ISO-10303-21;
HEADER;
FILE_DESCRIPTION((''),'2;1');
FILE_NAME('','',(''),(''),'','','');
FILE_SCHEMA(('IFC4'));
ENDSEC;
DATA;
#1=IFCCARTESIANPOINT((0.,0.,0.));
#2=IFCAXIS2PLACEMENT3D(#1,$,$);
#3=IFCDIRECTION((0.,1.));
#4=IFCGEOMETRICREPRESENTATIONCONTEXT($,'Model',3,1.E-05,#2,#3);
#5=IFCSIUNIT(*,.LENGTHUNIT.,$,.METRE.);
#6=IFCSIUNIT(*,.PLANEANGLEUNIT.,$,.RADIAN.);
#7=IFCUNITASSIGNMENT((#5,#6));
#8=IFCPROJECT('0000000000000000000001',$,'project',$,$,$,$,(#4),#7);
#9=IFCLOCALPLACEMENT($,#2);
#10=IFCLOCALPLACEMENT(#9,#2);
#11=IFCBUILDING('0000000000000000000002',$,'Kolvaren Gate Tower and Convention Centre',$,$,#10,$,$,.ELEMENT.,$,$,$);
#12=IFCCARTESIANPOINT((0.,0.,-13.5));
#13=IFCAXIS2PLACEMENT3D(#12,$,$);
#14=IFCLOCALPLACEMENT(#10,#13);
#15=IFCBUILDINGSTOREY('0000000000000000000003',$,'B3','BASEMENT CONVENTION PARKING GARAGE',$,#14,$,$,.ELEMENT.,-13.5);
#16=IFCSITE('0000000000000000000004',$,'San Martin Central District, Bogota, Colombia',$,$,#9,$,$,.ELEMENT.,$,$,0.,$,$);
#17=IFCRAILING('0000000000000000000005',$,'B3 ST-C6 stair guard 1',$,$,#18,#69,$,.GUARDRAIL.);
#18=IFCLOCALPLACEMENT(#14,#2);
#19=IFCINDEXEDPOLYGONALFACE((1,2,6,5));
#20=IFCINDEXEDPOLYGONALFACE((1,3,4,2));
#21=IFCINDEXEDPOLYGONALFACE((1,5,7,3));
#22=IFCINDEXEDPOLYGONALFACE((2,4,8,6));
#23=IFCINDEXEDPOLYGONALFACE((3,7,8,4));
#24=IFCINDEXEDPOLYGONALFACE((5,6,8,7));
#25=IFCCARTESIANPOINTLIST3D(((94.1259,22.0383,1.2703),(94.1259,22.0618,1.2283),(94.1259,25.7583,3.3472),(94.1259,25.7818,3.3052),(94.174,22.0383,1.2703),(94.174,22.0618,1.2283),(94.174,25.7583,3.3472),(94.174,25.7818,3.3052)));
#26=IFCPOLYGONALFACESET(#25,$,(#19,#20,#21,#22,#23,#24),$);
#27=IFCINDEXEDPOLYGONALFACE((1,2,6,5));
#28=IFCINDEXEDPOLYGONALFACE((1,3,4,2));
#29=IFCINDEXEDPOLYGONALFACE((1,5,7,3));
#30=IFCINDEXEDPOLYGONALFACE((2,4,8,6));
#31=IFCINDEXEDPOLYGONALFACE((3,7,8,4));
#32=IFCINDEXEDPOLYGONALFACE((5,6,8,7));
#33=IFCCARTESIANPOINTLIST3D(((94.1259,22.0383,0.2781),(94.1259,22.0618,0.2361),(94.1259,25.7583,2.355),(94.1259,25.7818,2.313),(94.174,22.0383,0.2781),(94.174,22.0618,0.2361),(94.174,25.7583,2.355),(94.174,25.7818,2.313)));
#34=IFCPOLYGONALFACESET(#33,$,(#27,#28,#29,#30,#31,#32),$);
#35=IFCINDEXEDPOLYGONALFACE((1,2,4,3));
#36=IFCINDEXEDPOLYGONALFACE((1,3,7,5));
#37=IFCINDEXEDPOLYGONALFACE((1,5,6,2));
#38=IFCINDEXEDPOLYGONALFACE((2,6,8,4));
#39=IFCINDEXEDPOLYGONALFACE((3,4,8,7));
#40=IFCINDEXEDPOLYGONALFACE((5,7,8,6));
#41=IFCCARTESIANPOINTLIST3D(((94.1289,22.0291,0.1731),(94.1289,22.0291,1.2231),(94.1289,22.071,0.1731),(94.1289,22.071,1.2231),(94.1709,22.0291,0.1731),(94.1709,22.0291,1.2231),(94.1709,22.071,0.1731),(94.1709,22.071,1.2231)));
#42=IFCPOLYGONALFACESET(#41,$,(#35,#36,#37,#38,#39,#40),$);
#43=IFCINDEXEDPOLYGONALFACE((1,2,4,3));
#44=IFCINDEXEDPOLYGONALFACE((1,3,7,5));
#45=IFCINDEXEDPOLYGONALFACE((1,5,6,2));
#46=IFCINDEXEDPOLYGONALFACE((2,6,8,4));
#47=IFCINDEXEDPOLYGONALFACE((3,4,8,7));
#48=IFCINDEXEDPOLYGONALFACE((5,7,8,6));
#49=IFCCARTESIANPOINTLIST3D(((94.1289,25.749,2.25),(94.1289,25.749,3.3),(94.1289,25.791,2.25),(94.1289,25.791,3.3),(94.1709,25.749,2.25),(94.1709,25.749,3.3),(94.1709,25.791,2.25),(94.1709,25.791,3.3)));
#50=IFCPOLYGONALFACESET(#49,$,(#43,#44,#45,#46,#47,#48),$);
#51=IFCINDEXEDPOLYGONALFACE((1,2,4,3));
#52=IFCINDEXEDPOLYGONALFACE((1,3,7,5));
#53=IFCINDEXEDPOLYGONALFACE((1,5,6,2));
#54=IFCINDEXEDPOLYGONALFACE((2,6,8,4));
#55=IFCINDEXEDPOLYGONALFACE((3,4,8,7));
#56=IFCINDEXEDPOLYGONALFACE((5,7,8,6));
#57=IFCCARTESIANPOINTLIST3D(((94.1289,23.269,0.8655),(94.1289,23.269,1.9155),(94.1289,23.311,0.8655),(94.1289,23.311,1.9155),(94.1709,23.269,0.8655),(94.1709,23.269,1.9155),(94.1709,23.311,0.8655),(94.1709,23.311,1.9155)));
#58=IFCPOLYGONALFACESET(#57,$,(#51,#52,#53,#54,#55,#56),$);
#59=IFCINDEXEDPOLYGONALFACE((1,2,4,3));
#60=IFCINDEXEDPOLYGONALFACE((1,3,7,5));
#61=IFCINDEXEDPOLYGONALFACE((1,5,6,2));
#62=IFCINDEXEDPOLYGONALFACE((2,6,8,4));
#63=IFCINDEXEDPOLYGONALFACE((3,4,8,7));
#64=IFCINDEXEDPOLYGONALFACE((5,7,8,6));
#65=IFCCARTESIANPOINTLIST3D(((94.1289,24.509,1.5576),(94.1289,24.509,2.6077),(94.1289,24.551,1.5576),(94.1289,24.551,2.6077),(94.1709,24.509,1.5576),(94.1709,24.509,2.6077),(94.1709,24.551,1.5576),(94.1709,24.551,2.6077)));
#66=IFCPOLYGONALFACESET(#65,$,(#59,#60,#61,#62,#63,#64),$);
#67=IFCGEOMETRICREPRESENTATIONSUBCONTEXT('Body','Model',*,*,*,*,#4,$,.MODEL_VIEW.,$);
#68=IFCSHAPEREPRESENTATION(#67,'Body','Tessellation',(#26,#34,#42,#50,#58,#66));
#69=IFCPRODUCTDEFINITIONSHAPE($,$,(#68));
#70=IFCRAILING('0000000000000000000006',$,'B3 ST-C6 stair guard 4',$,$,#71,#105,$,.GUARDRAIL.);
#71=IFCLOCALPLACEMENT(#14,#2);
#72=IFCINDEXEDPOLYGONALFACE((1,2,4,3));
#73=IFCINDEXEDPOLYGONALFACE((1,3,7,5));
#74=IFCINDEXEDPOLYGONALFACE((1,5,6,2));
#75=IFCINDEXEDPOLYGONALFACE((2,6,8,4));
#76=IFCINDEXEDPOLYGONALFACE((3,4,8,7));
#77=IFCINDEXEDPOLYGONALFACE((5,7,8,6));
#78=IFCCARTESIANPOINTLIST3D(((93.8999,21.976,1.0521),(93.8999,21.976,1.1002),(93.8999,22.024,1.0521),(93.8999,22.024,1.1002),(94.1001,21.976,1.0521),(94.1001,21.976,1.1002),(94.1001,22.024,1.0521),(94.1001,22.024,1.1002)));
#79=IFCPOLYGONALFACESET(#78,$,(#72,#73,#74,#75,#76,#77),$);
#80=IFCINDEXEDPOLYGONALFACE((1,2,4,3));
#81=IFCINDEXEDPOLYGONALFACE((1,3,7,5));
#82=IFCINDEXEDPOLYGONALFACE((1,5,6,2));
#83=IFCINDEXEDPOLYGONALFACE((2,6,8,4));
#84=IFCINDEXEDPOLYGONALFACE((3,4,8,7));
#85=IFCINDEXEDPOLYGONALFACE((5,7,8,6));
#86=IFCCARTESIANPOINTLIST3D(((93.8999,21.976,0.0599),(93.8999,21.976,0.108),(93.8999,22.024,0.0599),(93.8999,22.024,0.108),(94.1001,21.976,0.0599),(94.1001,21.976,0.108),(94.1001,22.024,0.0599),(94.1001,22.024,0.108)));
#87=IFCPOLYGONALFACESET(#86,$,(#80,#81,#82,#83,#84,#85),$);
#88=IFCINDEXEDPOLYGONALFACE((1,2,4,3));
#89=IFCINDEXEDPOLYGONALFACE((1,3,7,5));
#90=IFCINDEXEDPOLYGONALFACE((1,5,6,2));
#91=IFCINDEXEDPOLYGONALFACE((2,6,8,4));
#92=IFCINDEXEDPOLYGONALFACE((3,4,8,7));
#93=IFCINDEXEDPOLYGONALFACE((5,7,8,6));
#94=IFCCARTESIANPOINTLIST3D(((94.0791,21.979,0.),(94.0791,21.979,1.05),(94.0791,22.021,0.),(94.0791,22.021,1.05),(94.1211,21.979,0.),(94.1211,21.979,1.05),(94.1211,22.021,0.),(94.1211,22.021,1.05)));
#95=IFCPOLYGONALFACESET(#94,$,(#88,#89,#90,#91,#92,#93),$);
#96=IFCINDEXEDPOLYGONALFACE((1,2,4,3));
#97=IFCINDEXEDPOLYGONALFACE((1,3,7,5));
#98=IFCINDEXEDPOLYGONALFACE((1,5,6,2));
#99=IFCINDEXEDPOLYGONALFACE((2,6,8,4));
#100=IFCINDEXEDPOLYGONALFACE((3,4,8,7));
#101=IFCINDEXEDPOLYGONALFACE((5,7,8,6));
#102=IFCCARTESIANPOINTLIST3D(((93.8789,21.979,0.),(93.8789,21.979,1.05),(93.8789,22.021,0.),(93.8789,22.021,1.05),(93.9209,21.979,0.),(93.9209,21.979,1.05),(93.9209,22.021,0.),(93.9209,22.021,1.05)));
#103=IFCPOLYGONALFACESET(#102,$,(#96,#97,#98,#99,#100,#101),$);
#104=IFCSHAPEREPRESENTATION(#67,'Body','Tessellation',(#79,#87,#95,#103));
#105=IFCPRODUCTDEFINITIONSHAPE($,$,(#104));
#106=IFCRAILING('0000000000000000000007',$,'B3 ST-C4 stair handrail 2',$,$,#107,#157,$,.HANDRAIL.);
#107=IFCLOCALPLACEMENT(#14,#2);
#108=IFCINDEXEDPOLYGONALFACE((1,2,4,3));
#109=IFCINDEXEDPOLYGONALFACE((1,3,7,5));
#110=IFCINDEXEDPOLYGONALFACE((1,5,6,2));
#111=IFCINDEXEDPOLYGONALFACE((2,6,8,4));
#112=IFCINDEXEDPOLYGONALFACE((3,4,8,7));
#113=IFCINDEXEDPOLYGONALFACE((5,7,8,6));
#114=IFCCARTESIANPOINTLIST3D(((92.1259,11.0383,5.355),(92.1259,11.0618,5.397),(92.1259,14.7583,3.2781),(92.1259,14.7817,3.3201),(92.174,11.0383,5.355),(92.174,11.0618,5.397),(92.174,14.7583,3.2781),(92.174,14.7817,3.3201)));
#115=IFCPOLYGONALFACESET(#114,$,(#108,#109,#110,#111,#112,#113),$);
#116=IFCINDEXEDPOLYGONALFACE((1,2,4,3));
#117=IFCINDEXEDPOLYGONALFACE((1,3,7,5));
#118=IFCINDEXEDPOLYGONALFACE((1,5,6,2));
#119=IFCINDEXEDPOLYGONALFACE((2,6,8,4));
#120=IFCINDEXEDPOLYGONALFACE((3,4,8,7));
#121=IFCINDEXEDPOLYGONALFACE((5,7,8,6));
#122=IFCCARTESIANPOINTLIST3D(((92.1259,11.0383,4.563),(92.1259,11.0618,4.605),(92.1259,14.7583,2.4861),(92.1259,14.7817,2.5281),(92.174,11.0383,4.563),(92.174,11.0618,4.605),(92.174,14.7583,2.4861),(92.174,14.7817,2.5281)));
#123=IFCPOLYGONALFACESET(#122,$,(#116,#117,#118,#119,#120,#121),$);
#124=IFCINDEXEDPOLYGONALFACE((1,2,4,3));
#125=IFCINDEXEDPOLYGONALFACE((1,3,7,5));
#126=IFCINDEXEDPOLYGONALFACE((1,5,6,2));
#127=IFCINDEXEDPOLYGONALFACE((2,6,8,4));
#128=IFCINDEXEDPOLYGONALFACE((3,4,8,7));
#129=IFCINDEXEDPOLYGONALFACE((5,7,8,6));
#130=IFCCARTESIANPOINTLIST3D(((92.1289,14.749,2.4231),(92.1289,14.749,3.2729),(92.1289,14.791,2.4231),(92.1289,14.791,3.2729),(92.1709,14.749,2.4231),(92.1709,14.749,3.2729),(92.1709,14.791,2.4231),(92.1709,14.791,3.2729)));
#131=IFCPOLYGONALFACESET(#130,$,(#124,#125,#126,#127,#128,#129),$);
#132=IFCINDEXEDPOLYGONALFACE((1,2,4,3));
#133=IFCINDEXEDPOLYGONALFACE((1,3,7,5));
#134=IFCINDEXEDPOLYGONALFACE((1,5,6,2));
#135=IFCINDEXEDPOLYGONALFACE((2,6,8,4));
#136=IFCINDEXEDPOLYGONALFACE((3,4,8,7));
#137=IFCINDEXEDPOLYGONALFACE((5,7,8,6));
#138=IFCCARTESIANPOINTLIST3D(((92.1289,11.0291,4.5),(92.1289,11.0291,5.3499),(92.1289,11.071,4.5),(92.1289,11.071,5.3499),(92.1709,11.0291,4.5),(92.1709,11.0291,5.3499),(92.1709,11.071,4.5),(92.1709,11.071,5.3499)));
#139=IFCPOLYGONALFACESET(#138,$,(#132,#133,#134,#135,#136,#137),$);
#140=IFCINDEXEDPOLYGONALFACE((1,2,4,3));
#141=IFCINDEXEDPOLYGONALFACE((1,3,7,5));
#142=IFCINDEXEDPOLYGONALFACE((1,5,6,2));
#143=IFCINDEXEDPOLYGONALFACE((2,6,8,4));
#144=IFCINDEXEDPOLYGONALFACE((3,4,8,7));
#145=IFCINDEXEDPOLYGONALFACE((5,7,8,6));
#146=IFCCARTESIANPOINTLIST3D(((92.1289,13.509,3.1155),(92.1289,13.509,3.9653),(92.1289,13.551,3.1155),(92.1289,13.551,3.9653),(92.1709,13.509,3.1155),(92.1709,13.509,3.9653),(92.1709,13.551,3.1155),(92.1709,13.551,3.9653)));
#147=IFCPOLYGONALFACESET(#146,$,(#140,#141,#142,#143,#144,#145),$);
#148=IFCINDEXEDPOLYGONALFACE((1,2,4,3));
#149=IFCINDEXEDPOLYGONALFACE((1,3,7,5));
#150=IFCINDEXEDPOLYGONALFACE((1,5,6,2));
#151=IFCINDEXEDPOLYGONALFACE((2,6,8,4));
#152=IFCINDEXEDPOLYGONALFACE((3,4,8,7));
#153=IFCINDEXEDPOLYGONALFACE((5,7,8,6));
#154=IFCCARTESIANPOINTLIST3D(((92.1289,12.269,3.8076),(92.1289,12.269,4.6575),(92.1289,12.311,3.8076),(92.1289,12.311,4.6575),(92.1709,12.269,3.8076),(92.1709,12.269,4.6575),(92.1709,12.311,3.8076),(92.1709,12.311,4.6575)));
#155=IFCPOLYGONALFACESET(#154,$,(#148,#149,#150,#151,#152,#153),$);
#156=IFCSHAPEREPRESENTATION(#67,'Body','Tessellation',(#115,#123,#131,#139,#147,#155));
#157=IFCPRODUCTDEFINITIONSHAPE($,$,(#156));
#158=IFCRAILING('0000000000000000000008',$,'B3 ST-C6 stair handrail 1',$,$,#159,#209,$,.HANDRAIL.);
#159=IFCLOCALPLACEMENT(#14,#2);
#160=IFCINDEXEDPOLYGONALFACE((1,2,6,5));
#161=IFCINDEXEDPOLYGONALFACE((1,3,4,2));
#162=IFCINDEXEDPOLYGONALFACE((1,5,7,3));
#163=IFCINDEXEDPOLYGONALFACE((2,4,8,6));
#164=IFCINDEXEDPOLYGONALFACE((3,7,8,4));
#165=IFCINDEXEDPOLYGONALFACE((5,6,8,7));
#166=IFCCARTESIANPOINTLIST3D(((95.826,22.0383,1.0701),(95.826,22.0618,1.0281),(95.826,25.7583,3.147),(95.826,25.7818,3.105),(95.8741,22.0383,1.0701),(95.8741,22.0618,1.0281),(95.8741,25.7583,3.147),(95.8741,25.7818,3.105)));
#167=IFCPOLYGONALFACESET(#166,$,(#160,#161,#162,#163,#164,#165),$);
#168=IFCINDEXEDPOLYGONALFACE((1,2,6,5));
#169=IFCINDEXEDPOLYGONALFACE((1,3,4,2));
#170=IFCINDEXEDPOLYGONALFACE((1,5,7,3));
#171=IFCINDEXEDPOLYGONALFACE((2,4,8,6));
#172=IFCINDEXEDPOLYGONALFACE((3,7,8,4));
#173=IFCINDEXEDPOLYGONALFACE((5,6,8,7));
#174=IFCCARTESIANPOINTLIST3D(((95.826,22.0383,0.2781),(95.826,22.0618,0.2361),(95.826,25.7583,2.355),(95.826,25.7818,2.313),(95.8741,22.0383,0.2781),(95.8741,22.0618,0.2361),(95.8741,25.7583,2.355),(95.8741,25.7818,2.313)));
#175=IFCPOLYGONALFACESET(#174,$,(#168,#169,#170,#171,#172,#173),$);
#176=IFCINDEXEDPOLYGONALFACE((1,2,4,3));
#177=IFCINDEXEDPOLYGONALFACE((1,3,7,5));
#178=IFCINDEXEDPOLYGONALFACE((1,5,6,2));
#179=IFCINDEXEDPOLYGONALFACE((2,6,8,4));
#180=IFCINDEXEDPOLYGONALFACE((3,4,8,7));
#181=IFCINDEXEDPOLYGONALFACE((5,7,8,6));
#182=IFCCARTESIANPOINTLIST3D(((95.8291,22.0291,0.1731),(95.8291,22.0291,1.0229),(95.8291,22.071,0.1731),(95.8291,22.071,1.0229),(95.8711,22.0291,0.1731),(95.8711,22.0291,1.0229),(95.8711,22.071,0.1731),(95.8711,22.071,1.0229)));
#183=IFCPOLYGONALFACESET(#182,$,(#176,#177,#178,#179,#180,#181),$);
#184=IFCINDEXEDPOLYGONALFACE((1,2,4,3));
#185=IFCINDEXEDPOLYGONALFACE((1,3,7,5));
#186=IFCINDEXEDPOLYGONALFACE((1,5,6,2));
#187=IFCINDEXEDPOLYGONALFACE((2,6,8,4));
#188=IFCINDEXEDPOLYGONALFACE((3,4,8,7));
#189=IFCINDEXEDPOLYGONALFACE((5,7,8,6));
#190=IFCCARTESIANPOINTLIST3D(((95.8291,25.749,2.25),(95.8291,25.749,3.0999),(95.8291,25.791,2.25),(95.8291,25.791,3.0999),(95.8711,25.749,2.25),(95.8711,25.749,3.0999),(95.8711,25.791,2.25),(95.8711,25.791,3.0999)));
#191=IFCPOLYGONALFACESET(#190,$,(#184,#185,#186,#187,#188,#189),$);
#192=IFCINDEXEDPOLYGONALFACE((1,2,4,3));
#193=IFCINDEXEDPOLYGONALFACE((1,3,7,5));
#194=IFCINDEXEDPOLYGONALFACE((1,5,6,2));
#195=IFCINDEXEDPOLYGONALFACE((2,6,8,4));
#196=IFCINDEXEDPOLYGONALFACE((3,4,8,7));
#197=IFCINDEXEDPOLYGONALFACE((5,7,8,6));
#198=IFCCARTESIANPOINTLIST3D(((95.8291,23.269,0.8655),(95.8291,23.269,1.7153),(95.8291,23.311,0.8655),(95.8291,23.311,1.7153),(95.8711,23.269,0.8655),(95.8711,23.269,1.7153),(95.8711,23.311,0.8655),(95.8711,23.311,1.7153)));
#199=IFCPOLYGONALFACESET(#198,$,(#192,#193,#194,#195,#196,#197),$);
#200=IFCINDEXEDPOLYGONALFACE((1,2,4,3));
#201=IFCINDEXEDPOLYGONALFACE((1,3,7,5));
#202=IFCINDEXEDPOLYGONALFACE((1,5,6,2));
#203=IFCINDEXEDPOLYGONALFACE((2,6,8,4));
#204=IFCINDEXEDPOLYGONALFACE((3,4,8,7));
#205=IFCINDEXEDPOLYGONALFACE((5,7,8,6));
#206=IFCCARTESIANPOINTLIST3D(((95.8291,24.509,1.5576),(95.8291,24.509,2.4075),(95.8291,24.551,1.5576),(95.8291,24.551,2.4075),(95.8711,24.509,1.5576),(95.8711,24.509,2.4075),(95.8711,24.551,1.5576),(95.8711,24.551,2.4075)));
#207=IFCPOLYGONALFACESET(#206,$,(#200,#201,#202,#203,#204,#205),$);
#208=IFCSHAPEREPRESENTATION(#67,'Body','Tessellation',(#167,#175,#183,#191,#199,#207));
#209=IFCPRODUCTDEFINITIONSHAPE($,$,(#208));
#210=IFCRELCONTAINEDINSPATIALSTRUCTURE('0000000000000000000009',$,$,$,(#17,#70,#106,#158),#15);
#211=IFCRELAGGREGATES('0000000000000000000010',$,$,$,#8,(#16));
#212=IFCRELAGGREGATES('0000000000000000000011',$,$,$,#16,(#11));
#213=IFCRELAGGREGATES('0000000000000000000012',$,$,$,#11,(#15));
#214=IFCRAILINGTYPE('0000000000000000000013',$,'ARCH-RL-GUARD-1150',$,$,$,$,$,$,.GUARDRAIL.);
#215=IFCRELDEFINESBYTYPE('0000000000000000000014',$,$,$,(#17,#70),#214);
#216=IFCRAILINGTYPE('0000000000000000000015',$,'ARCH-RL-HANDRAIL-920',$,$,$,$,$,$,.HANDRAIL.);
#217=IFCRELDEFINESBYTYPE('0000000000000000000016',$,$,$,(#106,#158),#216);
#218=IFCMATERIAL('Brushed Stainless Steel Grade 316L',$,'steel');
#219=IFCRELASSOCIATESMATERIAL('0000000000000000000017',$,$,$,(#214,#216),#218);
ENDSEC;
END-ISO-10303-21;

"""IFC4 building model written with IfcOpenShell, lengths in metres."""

from ifc_helpers import new_model, si_unit, direction, frame, origin, origin_2d, place, context, subcontext, project, spatial, rectangle, extrude, material, type_object, element, save


model = new_model("IFC4")

# Units and contexts
model_context = context("Model", 3, precision=1e-05, world=origin(), true_north=direction((0.0, 1.0)))
body_context = subcontext(model_context, "Body", "Model", "MODEL_VIEW")
ifc_project = project(units=[si_unit("LENGTHUNIT", "METRE"), si_unit("PLANEANGLEUNIT", "RADIAN")], contexts=[model_context])

# Site, building, storey
site_placement = place(None, origin())
site = spatial("IfcSite", under=ifc_project, at=site_placement, Name="San Martin Central District, Bogota, Colombia", CompositionType="ELEMENT", RefElevation=0.0)
building_placement = place(site_placement, origin())
building = spatial("IfcBuilding", under=site, at=building_placement, Name="Kolvaren Gate Tower and Convention Centre", CompositionType="ELEMENT")
storey_placement = place(building_placement, frame((0.0, 0.0, -13.5)))
storey = spatial("IfcBuildingStorey", under=building, at=storey_placement, Name="B3", Description="BASEMENT CONVENTION PARKING GARAGE", CompositionType="ELEMENT", Elevation=-13.5)

# Railings
ifc_material_1 = material(Name="Brushed Stainless Steel Grade 316L", Category="steel")
railing_type_1 = type_object("IfcRailingType", Name="ARCH-RL-GUARD-1150", PredefinedType="GUARDRAIL", material=ifc_material_1)
railing_1_placement = place(storey_placement, frame((94.1499, 22.05, 0.1731)))
element("IfcRailing", 1, at=railing_1_placement, inside=storey, type_object=railing_type_1, Name="B3 ST-C6 stair guard 1", PredefinedType="GUARDRAIL", context=body_context, shape_type="SweptSolid", body=[
    extrude(rectangle(XDim=0.0481, YDim=0.0481, at=origin_2d()), frame((0.0, 0.0, 1.0762), z_axis=(0.0, 0.873134, 0.487481), x_axis=(-1.0, 0.0, 0.0)), (0.0, 0.0, 1.0), 4.2605),
    extrude(rectangle(XDim=0.0481, YDim=0.0481, at=origin_2d()), frame((0.0, 0.0, 0.084), z_axis=(0.0, 0.873134, 0.487481), x_axis=(-1.0, 0.0, 0.0)), (0.0, 0.0, 1.0), 4.2605),
    extrude(rectangle(XDim=0.042, YDim=0.042, at=origin_2d()), origin(), (0.0, 0.0, 1.0), 1.05),
    extrude(rectangle(XDim=0.042, YDim=0.042, at=origin_2d()), frame((0.0, 3.72, 2.0769)), (0.0, 0.0, 1.0), 1.05),
    extrude(rectangle(XDim=0.042, YDim=0.042, at=origin_2d()), frame((0.0, 1.24, 0.6924)), (0.0, 0.0, 1.0), 1.05),
    extrude(rectangle(XDim=0.042, YDim=0.042, at=origin_2d()), frame((0.0, 2.48, 1.3845)), (0.0, 0.0, 1.0), 1.05),
])
railing_2_placement = place(storey_placement, frame((94.1001, 22.0, 0.0)))
element("IfcRailing", 2, at=railing_2_placement, inside=storey, type_object=railing_type_1, Name="B3 ST-C6 stair guard 4", PredefinedType="GUARDRAIL", context=body_context, shape_type="SweptSolid", body=[
    extrude(rectangle(XDim=0.0481, YDim=0.0481, at=origin_2d()), frame((0.0, 0.0, 1.0762), z_axis=(-1.0, 0.0, 0.0), x_axis=(0.0, -1.0, 0.0)), (0.0, 0.0, 1.0), 0.2002),
    extrude(rectangle(XDim=0.0481, YDim=0.0481, at=origin_2d()), frame((0.0, 0.0, 0.084), z_axis=(-1.0, 0.0, 0.0), x_axis=(0.0, -1.0, 0.0)), (0.0, 0.0, 1.0), 0.2002),
    extrude(rectangle(XDim=0.042, YDim=0.042, at=origin_2d()), origin(), (0.0, 0.0, 1.0), 1.05),
    extrude(rectangle(XDim=0.042, YDim=0.042, at=origin_2d()), frame((-0.2002, 0.0, 0.0)), (0.0, 0.0, 1.0), 1.05),
])
railing_type_2 = type_object("IfcRailingType", Name="ARCH-RL-HANDRAIL-920", PredefinedType="HANDRAIL", material=ifc_material_1)
railing_3_placement = place(storey_placement, frame((92.1499, 14.77, 2.4231)))
element("IfcRailing", 3, at=railing_3_placement, inside=storey, type_object=railing_type_2, Name="B3 ST-C4 stair handrail 2", PredefinedType="HANDRAIL", context=body_context, shape_type="SweptSolid", body=[
    extrude(rectangle(XDim=0.0481, YDim=0.0481, at=origin_2d()), frame((0.0, 0.0, 0.876), z_axis=(0.0, -0.873134, 0.487481), x_axis=(1.0, 0.0, 0.0)), (0.0, 0.0, 1.0), 4.2605),
    extrude(rectangle(XDim=0.0481, YDim=0.0481, at=origin_2d()), frame((0.0, 0.0, 0.084), z_axis=(0.0, -0.873134, 0.487481), x_axis=(1.0, 0.0, 0.0)), (0.0, 0.0, 1.0), 4.2605),
    extrude(rectangle(XDim=0.042, YDim=0.042, at=origin_2d()), origin(), (0.0, 0.0, 1.0), 0.8499),
    extrude(rectangle(XDim=0.042, YDim=0.042, at=origin_2d()), frame((0.0, -3.72, 2.0769)), (0.0, 0.0, 1.0), 0.8499),
    extrude(rectangle(XDim=0.042, YDim=0.042, at=origin_2d()), frame((0.0, -1.24, 0.6924)), (0.0, 0.0, 1.0), 0.8499),
    extrude(rectangle(XDim=0.042, YDim=0.042, at=origin_2d()), frame((0.0, -2.48, 1.3845)), (0.0, 0.0, 1.0), 0.8499),
])
railing_4_placement = place(storey_placement, frame((95.8501, 22.05, 0.1731)))
element("IfcRailing", 4, at=railing_4_placement, inside=storey, type_object=railing_type_2, Name="B3 ST-C6 stair handrail 1", PredefinedType="HANDRAIL", context=body_context, shape_type="SweptSolid", body=[
    extrude(rectangle(XDim=0.0481, YDim=0.0481, at=origin_2d()), frame((0.0, 0.0, 0.876), z_axis=(0.0, 0.873134, 0.487481), x_axis=(-1.0, 0.0, 0.0)), (0.0, 0.0, 1.0), 4.2605),
    extrude(rectangle(XDim=0.0481, YDim=0.0481, at=origin_2d()), frame((0.0, 0.0, 0.084), z_axis=(0.0, 0.873134, 0.487481), x_axis=(-1.0, 0.0, 0.0)), (0.0, 0.0, 1.0), 4.2605),
    extrude(rectangle(XDim=0.042, YDim=0.042, at=origin_2d()), origin(), (0.0, 0.0, 1.0), 0.8499),
    extrude(rectangle(XDim=0.042, YDim=0.042, at=origin_2d()), frame((0.0, 3.72, 2.0769)), (0.0, 0.0, 1.0), 0.8499),
    extrude(rectangle(XDim=0.042, YDim=0.042, at=origin_2d()), frame((0.0, 1.24, 0.6924)), (0.0, 0.0, 1.0), 0.8499),
    extrude(rectangle(XDim=0.042, YDim=0.042, at=origin_2d()), frame((0.0, 2.48, 1.3845)), (0.0, 0.0, 1.0), 0.8499),
])

save(model, "model.ifc")
